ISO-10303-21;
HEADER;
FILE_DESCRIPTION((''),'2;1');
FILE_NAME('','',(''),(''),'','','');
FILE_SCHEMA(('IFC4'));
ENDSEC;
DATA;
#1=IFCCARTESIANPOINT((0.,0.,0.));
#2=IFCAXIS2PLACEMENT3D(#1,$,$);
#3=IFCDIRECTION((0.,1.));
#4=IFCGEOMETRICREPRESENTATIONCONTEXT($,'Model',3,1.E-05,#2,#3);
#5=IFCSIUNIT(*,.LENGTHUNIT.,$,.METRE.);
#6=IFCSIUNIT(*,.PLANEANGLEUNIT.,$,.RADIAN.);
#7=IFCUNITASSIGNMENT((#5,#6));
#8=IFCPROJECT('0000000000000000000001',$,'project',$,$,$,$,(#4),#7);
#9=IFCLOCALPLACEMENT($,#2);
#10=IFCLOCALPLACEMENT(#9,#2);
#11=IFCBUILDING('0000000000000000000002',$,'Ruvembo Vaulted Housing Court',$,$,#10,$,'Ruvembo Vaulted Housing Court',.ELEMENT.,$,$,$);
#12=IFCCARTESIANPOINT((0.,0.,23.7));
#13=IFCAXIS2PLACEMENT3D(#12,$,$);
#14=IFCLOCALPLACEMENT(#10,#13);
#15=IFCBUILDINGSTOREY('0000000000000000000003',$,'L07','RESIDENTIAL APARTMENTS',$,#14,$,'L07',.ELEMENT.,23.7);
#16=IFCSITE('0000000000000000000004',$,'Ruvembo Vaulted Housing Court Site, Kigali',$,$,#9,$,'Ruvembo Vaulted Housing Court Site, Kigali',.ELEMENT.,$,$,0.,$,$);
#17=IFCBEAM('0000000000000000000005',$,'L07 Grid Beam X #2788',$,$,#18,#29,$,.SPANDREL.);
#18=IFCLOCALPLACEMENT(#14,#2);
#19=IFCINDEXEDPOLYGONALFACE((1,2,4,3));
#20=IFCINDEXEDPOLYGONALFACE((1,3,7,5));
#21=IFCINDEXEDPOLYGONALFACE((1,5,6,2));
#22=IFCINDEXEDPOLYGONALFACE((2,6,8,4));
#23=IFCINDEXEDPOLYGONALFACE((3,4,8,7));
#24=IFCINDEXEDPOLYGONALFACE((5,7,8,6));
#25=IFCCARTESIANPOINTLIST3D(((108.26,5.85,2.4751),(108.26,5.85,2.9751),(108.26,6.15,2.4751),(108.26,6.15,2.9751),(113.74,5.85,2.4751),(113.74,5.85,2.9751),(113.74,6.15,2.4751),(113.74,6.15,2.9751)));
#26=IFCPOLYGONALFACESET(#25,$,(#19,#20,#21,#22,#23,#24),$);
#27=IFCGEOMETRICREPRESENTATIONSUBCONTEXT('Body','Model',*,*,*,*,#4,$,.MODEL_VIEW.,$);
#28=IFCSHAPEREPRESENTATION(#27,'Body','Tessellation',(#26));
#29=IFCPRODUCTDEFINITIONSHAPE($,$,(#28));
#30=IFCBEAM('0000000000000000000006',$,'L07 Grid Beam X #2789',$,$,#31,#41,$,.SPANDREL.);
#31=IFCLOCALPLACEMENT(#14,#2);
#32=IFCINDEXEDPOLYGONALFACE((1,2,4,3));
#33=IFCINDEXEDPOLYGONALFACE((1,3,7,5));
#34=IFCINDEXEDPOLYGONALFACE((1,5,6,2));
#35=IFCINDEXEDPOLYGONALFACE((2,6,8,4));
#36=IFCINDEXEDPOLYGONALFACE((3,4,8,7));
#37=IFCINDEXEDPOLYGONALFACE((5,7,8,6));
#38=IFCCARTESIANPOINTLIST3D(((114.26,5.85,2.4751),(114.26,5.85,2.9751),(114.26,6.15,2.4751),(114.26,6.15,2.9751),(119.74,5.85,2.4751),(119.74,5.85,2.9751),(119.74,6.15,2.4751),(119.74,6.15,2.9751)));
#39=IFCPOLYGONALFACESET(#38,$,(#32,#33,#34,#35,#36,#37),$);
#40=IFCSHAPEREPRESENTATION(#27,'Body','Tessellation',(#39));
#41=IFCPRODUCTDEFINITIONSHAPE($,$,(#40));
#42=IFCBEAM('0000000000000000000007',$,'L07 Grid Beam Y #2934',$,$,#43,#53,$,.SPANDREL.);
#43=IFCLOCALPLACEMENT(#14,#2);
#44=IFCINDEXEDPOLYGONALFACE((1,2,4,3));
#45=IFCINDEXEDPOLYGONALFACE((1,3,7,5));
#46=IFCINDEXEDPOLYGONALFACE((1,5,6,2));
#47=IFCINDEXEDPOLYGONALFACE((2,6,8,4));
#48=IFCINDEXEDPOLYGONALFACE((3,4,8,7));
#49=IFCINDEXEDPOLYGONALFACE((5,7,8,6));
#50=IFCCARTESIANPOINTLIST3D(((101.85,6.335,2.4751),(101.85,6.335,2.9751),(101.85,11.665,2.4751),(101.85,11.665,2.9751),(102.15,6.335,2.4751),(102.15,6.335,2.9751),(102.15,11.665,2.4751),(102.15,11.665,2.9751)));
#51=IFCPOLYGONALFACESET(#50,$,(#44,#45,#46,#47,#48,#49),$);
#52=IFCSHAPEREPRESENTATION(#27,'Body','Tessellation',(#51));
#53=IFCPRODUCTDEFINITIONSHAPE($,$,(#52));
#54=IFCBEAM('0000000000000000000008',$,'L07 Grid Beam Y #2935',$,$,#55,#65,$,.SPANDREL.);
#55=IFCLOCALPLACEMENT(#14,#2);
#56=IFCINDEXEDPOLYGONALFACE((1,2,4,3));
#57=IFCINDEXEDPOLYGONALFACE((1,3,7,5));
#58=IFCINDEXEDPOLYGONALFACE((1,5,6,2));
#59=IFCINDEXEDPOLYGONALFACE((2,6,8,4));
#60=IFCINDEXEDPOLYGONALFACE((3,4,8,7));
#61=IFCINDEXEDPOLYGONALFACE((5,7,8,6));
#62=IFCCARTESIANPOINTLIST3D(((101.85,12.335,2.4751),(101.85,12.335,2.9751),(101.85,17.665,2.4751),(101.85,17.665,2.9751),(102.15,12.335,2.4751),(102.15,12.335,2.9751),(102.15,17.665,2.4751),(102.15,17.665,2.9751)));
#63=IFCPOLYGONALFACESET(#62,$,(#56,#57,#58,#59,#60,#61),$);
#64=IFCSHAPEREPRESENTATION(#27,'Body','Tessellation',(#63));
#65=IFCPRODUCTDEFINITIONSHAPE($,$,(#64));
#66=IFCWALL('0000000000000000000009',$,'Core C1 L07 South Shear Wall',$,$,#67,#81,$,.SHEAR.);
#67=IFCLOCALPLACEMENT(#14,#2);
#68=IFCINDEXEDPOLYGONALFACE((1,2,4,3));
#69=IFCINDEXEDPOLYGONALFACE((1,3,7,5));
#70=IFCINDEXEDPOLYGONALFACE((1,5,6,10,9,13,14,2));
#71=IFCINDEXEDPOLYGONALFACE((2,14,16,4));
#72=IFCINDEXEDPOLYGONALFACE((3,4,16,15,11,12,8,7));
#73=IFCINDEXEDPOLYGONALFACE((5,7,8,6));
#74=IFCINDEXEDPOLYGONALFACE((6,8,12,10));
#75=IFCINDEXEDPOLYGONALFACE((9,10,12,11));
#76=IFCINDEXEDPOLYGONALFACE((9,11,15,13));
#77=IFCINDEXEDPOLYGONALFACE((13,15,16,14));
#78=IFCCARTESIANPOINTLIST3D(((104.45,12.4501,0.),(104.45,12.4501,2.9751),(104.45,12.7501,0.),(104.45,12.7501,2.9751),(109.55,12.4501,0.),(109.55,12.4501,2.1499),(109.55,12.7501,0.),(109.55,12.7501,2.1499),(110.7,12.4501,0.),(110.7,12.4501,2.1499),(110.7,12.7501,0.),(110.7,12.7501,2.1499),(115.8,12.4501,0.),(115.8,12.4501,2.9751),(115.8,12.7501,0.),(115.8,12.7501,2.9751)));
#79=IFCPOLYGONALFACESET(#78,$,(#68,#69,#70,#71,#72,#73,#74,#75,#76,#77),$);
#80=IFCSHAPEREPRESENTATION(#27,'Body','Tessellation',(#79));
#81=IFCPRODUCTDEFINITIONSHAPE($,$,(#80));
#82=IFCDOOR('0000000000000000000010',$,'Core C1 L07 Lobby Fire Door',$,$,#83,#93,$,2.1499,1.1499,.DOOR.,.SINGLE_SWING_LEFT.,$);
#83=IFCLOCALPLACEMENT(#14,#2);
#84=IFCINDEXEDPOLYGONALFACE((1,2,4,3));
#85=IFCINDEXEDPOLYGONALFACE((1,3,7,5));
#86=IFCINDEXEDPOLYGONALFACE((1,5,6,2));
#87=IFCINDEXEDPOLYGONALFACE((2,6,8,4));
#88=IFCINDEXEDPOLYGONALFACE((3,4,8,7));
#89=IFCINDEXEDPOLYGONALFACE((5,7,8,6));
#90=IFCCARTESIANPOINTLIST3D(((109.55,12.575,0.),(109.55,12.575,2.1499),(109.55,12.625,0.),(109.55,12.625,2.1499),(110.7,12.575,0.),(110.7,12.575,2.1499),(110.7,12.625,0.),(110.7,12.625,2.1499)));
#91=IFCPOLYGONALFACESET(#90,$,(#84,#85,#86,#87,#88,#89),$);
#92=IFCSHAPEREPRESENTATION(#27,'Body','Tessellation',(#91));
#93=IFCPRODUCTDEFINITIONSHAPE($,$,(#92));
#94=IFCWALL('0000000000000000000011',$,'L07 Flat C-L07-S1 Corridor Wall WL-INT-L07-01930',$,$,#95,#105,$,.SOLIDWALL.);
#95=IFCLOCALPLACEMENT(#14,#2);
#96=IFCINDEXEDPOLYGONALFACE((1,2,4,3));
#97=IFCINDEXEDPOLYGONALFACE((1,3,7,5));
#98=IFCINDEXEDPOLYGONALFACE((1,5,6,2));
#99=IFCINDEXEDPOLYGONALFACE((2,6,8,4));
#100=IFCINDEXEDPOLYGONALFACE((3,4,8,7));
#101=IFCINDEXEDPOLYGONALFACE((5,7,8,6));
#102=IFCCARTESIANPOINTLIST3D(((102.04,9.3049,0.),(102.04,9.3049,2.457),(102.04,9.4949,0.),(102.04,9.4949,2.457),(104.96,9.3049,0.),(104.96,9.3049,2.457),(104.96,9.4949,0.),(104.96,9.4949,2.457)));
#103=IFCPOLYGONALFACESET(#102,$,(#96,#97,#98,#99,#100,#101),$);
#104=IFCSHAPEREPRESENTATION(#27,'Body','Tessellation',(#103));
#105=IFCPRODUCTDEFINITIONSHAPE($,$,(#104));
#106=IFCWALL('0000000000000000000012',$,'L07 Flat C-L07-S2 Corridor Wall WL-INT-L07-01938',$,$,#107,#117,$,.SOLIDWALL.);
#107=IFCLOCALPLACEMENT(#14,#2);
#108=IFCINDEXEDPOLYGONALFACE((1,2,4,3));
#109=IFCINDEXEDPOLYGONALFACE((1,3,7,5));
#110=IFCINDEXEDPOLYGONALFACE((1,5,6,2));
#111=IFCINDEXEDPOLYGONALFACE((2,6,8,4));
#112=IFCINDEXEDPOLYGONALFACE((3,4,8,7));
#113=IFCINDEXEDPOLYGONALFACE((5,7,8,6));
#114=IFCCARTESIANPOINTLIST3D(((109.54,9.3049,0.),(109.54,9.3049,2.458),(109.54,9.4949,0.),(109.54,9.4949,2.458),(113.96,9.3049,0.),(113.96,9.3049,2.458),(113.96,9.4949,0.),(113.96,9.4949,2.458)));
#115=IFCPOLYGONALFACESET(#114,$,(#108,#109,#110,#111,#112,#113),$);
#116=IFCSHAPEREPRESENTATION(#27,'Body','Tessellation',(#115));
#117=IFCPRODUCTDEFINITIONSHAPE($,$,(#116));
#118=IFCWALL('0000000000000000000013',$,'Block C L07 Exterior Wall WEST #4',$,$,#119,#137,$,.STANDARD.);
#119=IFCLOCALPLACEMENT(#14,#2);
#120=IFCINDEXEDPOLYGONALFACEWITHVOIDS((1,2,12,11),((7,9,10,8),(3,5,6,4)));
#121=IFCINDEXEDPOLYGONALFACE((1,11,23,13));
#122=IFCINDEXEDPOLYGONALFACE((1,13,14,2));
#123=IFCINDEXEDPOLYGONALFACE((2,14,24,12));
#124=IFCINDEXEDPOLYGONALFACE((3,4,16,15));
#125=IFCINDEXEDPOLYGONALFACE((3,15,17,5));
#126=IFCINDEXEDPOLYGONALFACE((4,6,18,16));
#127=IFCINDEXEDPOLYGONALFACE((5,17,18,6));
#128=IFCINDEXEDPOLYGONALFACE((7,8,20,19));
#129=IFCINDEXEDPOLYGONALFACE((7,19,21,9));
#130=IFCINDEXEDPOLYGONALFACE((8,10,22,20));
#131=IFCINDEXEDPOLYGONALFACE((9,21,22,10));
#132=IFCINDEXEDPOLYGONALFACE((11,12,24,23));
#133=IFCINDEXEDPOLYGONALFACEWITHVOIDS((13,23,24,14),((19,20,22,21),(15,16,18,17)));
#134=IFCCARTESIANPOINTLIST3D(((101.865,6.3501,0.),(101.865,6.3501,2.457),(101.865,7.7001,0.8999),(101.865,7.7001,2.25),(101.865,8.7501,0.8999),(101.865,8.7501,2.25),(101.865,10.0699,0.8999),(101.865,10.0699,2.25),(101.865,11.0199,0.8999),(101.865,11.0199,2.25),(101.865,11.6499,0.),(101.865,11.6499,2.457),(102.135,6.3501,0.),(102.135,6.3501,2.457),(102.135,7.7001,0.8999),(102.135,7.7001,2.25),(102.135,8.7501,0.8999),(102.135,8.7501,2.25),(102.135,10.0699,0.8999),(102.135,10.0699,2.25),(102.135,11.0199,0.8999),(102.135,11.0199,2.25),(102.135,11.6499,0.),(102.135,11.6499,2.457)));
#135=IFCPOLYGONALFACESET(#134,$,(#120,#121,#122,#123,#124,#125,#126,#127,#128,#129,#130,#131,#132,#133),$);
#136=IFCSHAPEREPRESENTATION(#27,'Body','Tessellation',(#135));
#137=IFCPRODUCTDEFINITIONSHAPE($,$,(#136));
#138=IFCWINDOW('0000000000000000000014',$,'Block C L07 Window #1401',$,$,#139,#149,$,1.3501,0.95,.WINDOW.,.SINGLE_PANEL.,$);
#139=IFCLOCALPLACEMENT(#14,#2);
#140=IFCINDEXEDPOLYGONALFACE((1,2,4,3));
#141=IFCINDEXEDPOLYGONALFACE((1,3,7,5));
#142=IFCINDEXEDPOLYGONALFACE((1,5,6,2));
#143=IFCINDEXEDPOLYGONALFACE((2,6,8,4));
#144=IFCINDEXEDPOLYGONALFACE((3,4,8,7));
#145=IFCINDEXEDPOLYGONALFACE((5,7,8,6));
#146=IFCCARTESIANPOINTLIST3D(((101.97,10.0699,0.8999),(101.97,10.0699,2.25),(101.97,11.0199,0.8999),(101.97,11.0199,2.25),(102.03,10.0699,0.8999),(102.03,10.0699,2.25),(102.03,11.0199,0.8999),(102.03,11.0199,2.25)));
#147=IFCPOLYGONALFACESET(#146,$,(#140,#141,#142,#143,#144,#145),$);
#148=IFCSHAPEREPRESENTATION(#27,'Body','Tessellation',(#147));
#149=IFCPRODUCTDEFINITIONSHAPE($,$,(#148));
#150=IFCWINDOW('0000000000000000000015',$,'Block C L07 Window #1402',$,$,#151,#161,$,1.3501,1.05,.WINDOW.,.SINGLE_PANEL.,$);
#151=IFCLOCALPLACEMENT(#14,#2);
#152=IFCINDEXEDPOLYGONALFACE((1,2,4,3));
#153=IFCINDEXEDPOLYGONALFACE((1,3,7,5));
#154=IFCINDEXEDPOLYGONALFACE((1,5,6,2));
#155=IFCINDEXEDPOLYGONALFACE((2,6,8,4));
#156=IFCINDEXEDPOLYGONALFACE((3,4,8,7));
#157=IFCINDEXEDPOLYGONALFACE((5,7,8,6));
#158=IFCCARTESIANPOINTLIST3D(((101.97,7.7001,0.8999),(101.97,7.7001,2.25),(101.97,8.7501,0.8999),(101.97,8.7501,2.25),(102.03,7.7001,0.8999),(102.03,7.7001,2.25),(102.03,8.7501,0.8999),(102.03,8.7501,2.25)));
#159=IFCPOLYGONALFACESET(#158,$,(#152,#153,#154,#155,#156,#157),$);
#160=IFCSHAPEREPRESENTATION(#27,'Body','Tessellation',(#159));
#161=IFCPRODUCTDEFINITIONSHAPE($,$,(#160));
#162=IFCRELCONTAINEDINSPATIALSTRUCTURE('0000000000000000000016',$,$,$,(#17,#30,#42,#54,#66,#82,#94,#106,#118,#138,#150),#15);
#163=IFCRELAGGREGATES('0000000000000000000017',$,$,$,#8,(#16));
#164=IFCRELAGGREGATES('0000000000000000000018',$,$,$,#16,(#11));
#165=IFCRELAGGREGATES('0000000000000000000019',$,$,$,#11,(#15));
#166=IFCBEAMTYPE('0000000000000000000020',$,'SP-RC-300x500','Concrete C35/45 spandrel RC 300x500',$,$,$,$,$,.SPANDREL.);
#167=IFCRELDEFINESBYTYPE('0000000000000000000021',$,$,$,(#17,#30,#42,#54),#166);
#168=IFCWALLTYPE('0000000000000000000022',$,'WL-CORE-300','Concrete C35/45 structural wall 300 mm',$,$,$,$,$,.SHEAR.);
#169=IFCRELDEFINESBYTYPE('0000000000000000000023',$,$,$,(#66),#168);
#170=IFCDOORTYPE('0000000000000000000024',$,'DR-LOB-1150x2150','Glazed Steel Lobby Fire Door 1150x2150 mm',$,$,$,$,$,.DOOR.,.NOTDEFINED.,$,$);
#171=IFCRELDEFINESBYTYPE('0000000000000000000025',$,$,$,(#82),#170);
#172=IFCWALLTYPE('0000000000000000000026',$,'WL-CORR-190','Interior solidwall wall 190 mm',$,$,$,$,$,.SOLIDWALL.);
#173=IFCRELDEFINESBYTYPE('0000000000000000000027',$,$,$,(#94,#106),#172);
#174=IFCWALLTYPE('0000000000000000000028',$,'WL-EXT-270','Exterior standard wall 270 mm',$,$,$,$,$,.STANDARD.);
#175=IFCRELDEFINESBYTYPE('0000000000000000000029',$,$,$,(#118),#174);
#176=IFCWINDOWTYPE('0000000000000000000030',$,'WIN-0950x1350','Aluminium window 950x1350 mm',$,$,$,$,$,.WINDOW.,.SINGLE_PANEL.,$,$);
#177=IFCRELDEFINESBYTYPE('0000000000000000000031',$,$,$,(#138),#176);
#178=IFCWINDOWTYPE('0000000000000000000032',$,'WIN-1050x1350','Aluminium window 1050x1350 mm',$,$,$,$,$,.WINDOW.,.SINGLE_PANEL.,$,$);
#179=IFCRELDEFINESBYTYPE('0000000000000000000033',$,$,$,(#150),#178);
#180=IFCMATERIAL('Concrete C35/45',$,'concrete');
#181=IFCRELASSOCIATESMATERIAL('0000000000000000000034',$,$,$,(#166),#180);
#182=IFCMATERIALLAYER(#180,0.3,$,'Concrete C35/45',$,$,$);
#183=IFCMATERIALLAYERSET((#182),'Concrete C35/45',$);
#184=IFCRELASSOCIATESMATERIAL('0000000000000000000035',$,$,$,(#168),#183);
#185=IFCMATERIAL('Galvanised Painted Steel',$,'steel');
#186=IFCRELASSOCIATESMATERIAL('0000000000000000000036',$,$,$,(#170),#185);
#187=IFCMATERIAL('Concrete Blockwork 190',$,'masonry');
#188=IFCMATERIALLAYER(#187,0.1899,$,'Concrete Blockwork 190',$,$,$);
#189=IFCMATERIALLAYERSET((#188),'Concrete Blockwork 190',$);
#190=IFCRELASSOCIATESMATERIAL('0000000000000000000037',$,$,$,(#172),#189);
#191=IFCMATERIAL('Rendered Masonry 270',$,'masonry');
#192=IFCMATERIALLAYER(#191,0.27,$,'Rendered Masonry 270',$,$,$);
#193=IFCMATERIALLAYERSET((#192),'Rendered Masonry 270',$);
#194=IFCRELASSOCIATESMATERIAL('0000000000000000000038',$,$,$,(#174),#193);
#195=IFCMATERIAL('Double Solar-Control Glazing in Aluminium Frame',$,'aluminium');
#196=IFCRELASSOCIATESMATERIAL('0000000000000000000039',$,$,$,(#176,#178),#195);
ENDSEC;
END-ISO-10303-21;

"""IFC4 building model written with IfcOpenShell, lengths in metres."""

from ifc_helpers import new_model, si_unit, direction, frame, frame_2d, origin, origin_2d, place, context, subcontext, project, spatial, rectangle, extrude, material, layer, layer_set, material_profile, profile_set, type_object, element, fill, save


model = new_model("IFC4")

# Units and contexts
model_context = context("Model", 3, precision=1e-05, world=origin(), true_north=direction((0.0, 1.0)))
body_context = subcontext(model_context, "Body", "Model", "MODEL_VIEW")
ifc_project = project(units=[si_unit("LENGTHUNIT", "METRE"), si_unit("PLANEANGLEUNIT", "RADIAN")], contexts=[model_context])

# Site, building, storey
site_placement = place(None, origin())
site = spatial("IfcSite", under=ifc_project, at=site_placement, Name="Ruvembo Vaulted Housing Court Site, Kigali", LongName="Ruvembo Vaulted Housing Court Site, Kigali", CompositionType="ELEMENT", RefElevation=0.0)
building_placement = place(site_placement, origin())
building = spatial("IfcBuilding", under=site, at=building_placement, Name="Ruvembo Vaulted Housing Court", LongName="Ruvembo Vaulted Housing Court", CompositionType="ELEMENT")
storey_placement = place(building_placement, frame((0.0, 0.0, 23.7)))
storey = spatial("IfcBuildingStorey", under=building, at=storey_placement, Name="L07", Description="RESIDENTIAL APARTMENTS", LongName="L07", CompositionType="ELEMENT", Elevation=23.7)

# Shared definitions
ifc_material_1 = material(Name="Concrete C35/45", Category="concrete")

# Beams
ifc_material_profile_1 = material_profile(ifc_material_1, rectangle(XDim=0.3, YDim=0.5, at=origin_2d()), Name="RC 300x500")
ifc_profile_set_1 = profile_set([ifc_material_profile_1], Name="Concrete C35/45")
beam_type_1 = type_object("IfcBeamType", Name="SP-RC-300x500", Description="Concrete C35/45 spandrel RC 300x500", PredefinedType="SPANDREL", material=ifc_profile_set_1)
for number, where, z_axis, x_axis, name in (
    (1, (108.26, 6.0, 2.7251), (1.0, 0.0, 0.0), (0.0, 1.0, 0.0), "L07 Grid Beam X #2788"),
    (2, (114.26, 6.0, 2.7251), (1.0, 0.0, 0.0), (0.0, 1.0, 0.0), "L07 Grid Beam X #2789"),
):
    element("IfcBeam", number, at=place(storey_placement, frame(where, z_axis=z_axis, x_axis=x_axis)), inside=storey, type_object=beam_type_1, Name=name, PredefinedType="SPANDREL", context=body_context, shape_type="SweptSolid", body=[
        extrude(rectangle(XDim=0.3, YDim=0.5, at=origin_2d()), origin(), (0.0, 0.0, 1.0), 5.48),
    ])
for number, where, z_axis, x_axis, name in (
    (3, (102.0, 6.335, 2.7251), (0.0, 1.0, 0.0), (-1.0, 0.0, 0.0), "L07 Grid Beam Y #2934"),
    (4, (102.0, 12.335, 2.7251), (0.0, 1.0, 0.0), (-1.0, 0.0, 0.0), "L07 Grid Beam Y #2935"),
):
    element("IfcBeam", number, at=place(storey_placement, frame(where, z_axis=z_axis, x_axis=x_axis)), inside=storey, type_object=beam_type_1, Name=name, PredefinedType="SPANDREL", context=body_context, shape_type="SweptSolid", body=[
        extrude(rectangle(XDim=0.3, YDim=0.5, at=origin_2d()), origin(), (0.0, 0.0, 1.0), 5.3301),
    ])

# Wall, opening, door
ifc_layer_1 = layer(ifc_material_1, 0.3, Name="Concrete C35/45")
ifc_layer_set_1 = layer_set([ifc_layer_1], Name="Concrete C35/45")
wall_type_1 = type_object("IfcWallType", Name="WL-CORE-300", Description="Concrete C35/45 structural wall 300 mm", PredefinedType="SHEAR", material=ifc_layer_set_1)
wall_1_placement = place(storey_placement, frame((104.45, 12.6001, 0.0), z_axis=(0.0, 0.0, 1.0), x_axis=(1.0, 0.0, 0.0)))
wall_1 = element("IfcWall", 5, at=wall_1_placement, inside=storey, type_object=wall_type_1, Name="Core C1 L07 South Shear Wall", PredefinedType="SHEAR", context=body_context, shape_type="SweptSolid", body=[
    extrude(rectangle(XDim=11.3501, YDim=0.3, at=frame_2d((5.675, 0.0))), origin(), (0.0, 0.0, 1.0), 2.9751),
])
opening_1_placement = place(wall_1_placement, frame((5.1001, 0.0, 0.0)))
opening_1 = element("IfcOpeningElement", 6, at=opening_1_placement, cuts=wall_1, PredefinedType="OPENING", context=body_context, shape_type="SweptSolid", body=[
    extrude(rectangle(XDim=1.1499, YDim=2.1499, at=frame_2d((0.575, 1.075))), frame((0.0, 0.1599, 0.0), z_axis=(0.0, -1.0, 0.0), x_axis=(1.0, 0.0, 0.0)), (0.0, 0.0, 1.0), 0.3201),
])
ifc_material_2 = material(Name="Galvanised Painted Steel", Category="steel")
door_type_1 = type_object("IfcDoorType", Name="DR-LOB-1150x2150", Description="Glazed Steel Lobby Fire Door 1150x2150 mm", OperationType="NOTDEFINED", PredefinedType="DOOR", material=ifc_material_2)
door_1_placement = place(opening_1_placement, origin())
door_1 = element("IfcDoor", 7, at=door_1_placement, inside=storey, type_object=door_type_1, Name="Core C1 L07 Lobby Fire Door", OperationType="SINGLE_SWING_LEFT", OverallHeight=2.1499, OverallWidth=1.1499, PredefinedType="DOOR", context=body_context, shape_type="SweptSolid", body=[
    extrude(rectangle(XDim=1.1499, YDim=2.1499, at=frame_2d((0.575, 1.075))), frame((0.0, 0.0249, 0.0), z_axis=(0.0, -1.0, 0.0), x_axis=(1.0, 0.0, 0.0)), (0.0, 0.0, 1.0), 0.05),
])
fill(opening_1, door_1)

# Wall
ifc_material_3 = material(Name="Concrete Blockwork 190", Category="masonry")
ifc_layer_2 = layer(ifc_material_3, 0.1899, Name="Concrete Blockwork 190")
ifc_layer_set_2 = layer_set([ifc_layer_2], Name="Concrete Blockwork 190")
wall_type_2 = type_object("IfcWallType", Name="WL-CORR-190", Description="Interior solidwall wall 190 mm", PredefinedType="SOLIDWALL", material=ifc_layer_set_2)
wall_2_placement = place(storey_placement, frame((102.04, 9.3999, 0.0), z_axis=(0.0, 0.0, 1.0), x_axis=(1.0, 0.0, 0.0)))
element("IfcWall", 8, at=wall_2_placement, inside=storey, type_object=wall_type_2, Name="L07 Flat C-L07-S1 Corridor Wall WL-INT-L07-01930", PredefinedType="SOLIDWALL", context=body_context, shape_type="SweptSolid", body=[
    extrude(rectangle(XDim=2.9199, YDim=0.1899, at=frame_2d((1.46, 0.0))), origin(), (0.0, 0.0, 1.0), 2.457),
])

# Wall
wall_3_placement = place(storey_placement, frame((109.54, 9.3999, 0.0), z_axis=(0.0, 0.0, 1.0), x_axis=(1.0, 0.0, 0.0)))
element("IfcWall", 9, at=wall_3_placement, inside=storey, type_object=wall_type_2, Name="L07 Flat C-L07-S2 Corridor Wall WL-INT-L07-01938", PredefinedType="SOLIDWALL", context=body_context, shape_type="SweptSolid", body=[
    extrude(rectangle(XDim=4.4199, YDim=0.1899, at=frame_2d((2.21, 0.0))), origin(), (0.0, 0.0, 1.0), 2.458),
])

# Wall, openings, windows
ifc_material_4 = material(Name="Rendered Masonry 270", Category="masonry")
ifc_layer_3 = layer(ifc_material_4, 0.27, Name="Rendered Masonry 270")
ifc_layer_set_3 = layer_set([ifc_layer_3], Name="Rendered Masonry 270")
wall_type_3 = type_object("IfcWallType", Name="WL-EXT-270", Description="Exterior standard wall 270 mm", PredefinedType="STANDARD", material=ifc_layer_set_3)
wall_4_placement = place(storey_placement, frame((102.0, 11.6499, 0.0), z_axis=(0.0, 0.0, 1.0), x_axis=(0.0, -1.0, 0.0)))
wall_4 = element("IfcWall", 10, at=wall_4_placement, inside=storey, type_object=wall_type_3, Name="Block C L07 Exterior Wall WEST #4", PredefinedType="STANDARD", context=body_context, shape_type="SweptSolid", body=[
    extrude(rectangle(XDim=5.2998, YDim=0.27, at=frame_2d((2.6499, 0.0))), origin(), (0.0, 0.0, 1.0), 2.457),
])
opening_2_placement = place(wall_4_placement, frame((0.6299, 0.0, 0.8999)))
opening_2 = element("IfcOpeningElement", 11, at=opening_2_placement, cuts=wall_4, PredefinedType="OPENING", context=body_context, shape_type="SweptSolid", body=[
    extrude(rectangle(XDim=0.95, YDim=1.3501, at=frame_2d((0.4751, 0.675))), frame((0.0, 0.145, 0.0), z_axis=(0.0, -1.0, 0.0), x_axis=(1.0, 0.0, 0.0)), (0.0, 0.0, 1.0), 0.29),
])
opening_3_placement = place(wall_4_placement, frame((2.8999, 0.0, 0.8999)))
opening_3 = element("IfcOpeningElement", 12, at=opening_3_placement, cuts=wall_4, PredefinedType="OPENING", context=body_context, shape_type="SweptSolid", body=[
    extrude(rectangle(XDim=1.05, YDim=1.3501, at=frame_2d((0.5249, 0.675))), frame((0.0, 0.145, 0.0), z_axis=(0.0, -1.0, 0.0), x_axis=(1.0, 0.0, 0.0)), (0.0, 0.0, 1.0), 0.29),
])
ifc_material_5 = material(Name="Double Solar-Control Glazing in Aluminium Frame", Category="aluminium")
window_type_1 = type_object("IfcWindowType", Name="WIN-0950x1350", Description="Aluminium window 950x1350 mm", PartitioningType="SINGLE_PANEL", PredefinedType="WINDOW", material=ifc_material_5)
window_1_placement = place(opening_2_placement, origin())
window_1 = element("IfcWindow", 13, at=window_1_placement, inside=storey, type_object=window_type_1, Name="Block C L07 Window #1401", OverallHeight=1.3501, OverallWidth=0.95, PartitioningType="SINGLE_PANEL", PredefinedType="WINDOW", context=body_context, shape_type="SweptSolid", body=[
    extrude(rectangle(XDim=0.95, YDim=1.3501, at=frame_2d((0.4751, 0.675))), frame((0.0, 0.03, 0.0), z_axis=(0.0, -1.0, 0.0), x_axis=(1.0, 0.0, 0.0)), (0.0, 0.0, 1.0), 0.0601),
])
fill(opening_2, window_1)
window_type_2 = type_object("IfcWindowType", Name="WIN-1050x1350", Description="Aluminium window 1050x1350 mm", PartitioningType="SINGLE_PANEL", PredefinedType="WINDOW", material=ifc_material_5)
window_2_placement = place(opening_3_placement, origin())
window_2 = element("IfcWindow", 14, at=window_2_placement, inside=storey, type_object=window_type_2, Name="Block C L07 Window #1402", OverallHeight=1.3501, OverallWidth=1.05, PartitioningType="SINGLE_PANEL", PredefinedType="WINDOW", context=body_context, shape_type="SweptSolid", body=[
    extrude(rectangle(XDim=1.05, YDim=1.3501, at=frame_2d((0.5249, 0.675))), frame((0.0, 0.03, 0.0), z_axis=(0.0, -1.0, 0.0), x_axis=(1.0, 0.0, 0.0)), (0.0, 0.0, 1.0), 0.0601),
])
fill(opening_3, window_2)

save(model, "model.ifc")
